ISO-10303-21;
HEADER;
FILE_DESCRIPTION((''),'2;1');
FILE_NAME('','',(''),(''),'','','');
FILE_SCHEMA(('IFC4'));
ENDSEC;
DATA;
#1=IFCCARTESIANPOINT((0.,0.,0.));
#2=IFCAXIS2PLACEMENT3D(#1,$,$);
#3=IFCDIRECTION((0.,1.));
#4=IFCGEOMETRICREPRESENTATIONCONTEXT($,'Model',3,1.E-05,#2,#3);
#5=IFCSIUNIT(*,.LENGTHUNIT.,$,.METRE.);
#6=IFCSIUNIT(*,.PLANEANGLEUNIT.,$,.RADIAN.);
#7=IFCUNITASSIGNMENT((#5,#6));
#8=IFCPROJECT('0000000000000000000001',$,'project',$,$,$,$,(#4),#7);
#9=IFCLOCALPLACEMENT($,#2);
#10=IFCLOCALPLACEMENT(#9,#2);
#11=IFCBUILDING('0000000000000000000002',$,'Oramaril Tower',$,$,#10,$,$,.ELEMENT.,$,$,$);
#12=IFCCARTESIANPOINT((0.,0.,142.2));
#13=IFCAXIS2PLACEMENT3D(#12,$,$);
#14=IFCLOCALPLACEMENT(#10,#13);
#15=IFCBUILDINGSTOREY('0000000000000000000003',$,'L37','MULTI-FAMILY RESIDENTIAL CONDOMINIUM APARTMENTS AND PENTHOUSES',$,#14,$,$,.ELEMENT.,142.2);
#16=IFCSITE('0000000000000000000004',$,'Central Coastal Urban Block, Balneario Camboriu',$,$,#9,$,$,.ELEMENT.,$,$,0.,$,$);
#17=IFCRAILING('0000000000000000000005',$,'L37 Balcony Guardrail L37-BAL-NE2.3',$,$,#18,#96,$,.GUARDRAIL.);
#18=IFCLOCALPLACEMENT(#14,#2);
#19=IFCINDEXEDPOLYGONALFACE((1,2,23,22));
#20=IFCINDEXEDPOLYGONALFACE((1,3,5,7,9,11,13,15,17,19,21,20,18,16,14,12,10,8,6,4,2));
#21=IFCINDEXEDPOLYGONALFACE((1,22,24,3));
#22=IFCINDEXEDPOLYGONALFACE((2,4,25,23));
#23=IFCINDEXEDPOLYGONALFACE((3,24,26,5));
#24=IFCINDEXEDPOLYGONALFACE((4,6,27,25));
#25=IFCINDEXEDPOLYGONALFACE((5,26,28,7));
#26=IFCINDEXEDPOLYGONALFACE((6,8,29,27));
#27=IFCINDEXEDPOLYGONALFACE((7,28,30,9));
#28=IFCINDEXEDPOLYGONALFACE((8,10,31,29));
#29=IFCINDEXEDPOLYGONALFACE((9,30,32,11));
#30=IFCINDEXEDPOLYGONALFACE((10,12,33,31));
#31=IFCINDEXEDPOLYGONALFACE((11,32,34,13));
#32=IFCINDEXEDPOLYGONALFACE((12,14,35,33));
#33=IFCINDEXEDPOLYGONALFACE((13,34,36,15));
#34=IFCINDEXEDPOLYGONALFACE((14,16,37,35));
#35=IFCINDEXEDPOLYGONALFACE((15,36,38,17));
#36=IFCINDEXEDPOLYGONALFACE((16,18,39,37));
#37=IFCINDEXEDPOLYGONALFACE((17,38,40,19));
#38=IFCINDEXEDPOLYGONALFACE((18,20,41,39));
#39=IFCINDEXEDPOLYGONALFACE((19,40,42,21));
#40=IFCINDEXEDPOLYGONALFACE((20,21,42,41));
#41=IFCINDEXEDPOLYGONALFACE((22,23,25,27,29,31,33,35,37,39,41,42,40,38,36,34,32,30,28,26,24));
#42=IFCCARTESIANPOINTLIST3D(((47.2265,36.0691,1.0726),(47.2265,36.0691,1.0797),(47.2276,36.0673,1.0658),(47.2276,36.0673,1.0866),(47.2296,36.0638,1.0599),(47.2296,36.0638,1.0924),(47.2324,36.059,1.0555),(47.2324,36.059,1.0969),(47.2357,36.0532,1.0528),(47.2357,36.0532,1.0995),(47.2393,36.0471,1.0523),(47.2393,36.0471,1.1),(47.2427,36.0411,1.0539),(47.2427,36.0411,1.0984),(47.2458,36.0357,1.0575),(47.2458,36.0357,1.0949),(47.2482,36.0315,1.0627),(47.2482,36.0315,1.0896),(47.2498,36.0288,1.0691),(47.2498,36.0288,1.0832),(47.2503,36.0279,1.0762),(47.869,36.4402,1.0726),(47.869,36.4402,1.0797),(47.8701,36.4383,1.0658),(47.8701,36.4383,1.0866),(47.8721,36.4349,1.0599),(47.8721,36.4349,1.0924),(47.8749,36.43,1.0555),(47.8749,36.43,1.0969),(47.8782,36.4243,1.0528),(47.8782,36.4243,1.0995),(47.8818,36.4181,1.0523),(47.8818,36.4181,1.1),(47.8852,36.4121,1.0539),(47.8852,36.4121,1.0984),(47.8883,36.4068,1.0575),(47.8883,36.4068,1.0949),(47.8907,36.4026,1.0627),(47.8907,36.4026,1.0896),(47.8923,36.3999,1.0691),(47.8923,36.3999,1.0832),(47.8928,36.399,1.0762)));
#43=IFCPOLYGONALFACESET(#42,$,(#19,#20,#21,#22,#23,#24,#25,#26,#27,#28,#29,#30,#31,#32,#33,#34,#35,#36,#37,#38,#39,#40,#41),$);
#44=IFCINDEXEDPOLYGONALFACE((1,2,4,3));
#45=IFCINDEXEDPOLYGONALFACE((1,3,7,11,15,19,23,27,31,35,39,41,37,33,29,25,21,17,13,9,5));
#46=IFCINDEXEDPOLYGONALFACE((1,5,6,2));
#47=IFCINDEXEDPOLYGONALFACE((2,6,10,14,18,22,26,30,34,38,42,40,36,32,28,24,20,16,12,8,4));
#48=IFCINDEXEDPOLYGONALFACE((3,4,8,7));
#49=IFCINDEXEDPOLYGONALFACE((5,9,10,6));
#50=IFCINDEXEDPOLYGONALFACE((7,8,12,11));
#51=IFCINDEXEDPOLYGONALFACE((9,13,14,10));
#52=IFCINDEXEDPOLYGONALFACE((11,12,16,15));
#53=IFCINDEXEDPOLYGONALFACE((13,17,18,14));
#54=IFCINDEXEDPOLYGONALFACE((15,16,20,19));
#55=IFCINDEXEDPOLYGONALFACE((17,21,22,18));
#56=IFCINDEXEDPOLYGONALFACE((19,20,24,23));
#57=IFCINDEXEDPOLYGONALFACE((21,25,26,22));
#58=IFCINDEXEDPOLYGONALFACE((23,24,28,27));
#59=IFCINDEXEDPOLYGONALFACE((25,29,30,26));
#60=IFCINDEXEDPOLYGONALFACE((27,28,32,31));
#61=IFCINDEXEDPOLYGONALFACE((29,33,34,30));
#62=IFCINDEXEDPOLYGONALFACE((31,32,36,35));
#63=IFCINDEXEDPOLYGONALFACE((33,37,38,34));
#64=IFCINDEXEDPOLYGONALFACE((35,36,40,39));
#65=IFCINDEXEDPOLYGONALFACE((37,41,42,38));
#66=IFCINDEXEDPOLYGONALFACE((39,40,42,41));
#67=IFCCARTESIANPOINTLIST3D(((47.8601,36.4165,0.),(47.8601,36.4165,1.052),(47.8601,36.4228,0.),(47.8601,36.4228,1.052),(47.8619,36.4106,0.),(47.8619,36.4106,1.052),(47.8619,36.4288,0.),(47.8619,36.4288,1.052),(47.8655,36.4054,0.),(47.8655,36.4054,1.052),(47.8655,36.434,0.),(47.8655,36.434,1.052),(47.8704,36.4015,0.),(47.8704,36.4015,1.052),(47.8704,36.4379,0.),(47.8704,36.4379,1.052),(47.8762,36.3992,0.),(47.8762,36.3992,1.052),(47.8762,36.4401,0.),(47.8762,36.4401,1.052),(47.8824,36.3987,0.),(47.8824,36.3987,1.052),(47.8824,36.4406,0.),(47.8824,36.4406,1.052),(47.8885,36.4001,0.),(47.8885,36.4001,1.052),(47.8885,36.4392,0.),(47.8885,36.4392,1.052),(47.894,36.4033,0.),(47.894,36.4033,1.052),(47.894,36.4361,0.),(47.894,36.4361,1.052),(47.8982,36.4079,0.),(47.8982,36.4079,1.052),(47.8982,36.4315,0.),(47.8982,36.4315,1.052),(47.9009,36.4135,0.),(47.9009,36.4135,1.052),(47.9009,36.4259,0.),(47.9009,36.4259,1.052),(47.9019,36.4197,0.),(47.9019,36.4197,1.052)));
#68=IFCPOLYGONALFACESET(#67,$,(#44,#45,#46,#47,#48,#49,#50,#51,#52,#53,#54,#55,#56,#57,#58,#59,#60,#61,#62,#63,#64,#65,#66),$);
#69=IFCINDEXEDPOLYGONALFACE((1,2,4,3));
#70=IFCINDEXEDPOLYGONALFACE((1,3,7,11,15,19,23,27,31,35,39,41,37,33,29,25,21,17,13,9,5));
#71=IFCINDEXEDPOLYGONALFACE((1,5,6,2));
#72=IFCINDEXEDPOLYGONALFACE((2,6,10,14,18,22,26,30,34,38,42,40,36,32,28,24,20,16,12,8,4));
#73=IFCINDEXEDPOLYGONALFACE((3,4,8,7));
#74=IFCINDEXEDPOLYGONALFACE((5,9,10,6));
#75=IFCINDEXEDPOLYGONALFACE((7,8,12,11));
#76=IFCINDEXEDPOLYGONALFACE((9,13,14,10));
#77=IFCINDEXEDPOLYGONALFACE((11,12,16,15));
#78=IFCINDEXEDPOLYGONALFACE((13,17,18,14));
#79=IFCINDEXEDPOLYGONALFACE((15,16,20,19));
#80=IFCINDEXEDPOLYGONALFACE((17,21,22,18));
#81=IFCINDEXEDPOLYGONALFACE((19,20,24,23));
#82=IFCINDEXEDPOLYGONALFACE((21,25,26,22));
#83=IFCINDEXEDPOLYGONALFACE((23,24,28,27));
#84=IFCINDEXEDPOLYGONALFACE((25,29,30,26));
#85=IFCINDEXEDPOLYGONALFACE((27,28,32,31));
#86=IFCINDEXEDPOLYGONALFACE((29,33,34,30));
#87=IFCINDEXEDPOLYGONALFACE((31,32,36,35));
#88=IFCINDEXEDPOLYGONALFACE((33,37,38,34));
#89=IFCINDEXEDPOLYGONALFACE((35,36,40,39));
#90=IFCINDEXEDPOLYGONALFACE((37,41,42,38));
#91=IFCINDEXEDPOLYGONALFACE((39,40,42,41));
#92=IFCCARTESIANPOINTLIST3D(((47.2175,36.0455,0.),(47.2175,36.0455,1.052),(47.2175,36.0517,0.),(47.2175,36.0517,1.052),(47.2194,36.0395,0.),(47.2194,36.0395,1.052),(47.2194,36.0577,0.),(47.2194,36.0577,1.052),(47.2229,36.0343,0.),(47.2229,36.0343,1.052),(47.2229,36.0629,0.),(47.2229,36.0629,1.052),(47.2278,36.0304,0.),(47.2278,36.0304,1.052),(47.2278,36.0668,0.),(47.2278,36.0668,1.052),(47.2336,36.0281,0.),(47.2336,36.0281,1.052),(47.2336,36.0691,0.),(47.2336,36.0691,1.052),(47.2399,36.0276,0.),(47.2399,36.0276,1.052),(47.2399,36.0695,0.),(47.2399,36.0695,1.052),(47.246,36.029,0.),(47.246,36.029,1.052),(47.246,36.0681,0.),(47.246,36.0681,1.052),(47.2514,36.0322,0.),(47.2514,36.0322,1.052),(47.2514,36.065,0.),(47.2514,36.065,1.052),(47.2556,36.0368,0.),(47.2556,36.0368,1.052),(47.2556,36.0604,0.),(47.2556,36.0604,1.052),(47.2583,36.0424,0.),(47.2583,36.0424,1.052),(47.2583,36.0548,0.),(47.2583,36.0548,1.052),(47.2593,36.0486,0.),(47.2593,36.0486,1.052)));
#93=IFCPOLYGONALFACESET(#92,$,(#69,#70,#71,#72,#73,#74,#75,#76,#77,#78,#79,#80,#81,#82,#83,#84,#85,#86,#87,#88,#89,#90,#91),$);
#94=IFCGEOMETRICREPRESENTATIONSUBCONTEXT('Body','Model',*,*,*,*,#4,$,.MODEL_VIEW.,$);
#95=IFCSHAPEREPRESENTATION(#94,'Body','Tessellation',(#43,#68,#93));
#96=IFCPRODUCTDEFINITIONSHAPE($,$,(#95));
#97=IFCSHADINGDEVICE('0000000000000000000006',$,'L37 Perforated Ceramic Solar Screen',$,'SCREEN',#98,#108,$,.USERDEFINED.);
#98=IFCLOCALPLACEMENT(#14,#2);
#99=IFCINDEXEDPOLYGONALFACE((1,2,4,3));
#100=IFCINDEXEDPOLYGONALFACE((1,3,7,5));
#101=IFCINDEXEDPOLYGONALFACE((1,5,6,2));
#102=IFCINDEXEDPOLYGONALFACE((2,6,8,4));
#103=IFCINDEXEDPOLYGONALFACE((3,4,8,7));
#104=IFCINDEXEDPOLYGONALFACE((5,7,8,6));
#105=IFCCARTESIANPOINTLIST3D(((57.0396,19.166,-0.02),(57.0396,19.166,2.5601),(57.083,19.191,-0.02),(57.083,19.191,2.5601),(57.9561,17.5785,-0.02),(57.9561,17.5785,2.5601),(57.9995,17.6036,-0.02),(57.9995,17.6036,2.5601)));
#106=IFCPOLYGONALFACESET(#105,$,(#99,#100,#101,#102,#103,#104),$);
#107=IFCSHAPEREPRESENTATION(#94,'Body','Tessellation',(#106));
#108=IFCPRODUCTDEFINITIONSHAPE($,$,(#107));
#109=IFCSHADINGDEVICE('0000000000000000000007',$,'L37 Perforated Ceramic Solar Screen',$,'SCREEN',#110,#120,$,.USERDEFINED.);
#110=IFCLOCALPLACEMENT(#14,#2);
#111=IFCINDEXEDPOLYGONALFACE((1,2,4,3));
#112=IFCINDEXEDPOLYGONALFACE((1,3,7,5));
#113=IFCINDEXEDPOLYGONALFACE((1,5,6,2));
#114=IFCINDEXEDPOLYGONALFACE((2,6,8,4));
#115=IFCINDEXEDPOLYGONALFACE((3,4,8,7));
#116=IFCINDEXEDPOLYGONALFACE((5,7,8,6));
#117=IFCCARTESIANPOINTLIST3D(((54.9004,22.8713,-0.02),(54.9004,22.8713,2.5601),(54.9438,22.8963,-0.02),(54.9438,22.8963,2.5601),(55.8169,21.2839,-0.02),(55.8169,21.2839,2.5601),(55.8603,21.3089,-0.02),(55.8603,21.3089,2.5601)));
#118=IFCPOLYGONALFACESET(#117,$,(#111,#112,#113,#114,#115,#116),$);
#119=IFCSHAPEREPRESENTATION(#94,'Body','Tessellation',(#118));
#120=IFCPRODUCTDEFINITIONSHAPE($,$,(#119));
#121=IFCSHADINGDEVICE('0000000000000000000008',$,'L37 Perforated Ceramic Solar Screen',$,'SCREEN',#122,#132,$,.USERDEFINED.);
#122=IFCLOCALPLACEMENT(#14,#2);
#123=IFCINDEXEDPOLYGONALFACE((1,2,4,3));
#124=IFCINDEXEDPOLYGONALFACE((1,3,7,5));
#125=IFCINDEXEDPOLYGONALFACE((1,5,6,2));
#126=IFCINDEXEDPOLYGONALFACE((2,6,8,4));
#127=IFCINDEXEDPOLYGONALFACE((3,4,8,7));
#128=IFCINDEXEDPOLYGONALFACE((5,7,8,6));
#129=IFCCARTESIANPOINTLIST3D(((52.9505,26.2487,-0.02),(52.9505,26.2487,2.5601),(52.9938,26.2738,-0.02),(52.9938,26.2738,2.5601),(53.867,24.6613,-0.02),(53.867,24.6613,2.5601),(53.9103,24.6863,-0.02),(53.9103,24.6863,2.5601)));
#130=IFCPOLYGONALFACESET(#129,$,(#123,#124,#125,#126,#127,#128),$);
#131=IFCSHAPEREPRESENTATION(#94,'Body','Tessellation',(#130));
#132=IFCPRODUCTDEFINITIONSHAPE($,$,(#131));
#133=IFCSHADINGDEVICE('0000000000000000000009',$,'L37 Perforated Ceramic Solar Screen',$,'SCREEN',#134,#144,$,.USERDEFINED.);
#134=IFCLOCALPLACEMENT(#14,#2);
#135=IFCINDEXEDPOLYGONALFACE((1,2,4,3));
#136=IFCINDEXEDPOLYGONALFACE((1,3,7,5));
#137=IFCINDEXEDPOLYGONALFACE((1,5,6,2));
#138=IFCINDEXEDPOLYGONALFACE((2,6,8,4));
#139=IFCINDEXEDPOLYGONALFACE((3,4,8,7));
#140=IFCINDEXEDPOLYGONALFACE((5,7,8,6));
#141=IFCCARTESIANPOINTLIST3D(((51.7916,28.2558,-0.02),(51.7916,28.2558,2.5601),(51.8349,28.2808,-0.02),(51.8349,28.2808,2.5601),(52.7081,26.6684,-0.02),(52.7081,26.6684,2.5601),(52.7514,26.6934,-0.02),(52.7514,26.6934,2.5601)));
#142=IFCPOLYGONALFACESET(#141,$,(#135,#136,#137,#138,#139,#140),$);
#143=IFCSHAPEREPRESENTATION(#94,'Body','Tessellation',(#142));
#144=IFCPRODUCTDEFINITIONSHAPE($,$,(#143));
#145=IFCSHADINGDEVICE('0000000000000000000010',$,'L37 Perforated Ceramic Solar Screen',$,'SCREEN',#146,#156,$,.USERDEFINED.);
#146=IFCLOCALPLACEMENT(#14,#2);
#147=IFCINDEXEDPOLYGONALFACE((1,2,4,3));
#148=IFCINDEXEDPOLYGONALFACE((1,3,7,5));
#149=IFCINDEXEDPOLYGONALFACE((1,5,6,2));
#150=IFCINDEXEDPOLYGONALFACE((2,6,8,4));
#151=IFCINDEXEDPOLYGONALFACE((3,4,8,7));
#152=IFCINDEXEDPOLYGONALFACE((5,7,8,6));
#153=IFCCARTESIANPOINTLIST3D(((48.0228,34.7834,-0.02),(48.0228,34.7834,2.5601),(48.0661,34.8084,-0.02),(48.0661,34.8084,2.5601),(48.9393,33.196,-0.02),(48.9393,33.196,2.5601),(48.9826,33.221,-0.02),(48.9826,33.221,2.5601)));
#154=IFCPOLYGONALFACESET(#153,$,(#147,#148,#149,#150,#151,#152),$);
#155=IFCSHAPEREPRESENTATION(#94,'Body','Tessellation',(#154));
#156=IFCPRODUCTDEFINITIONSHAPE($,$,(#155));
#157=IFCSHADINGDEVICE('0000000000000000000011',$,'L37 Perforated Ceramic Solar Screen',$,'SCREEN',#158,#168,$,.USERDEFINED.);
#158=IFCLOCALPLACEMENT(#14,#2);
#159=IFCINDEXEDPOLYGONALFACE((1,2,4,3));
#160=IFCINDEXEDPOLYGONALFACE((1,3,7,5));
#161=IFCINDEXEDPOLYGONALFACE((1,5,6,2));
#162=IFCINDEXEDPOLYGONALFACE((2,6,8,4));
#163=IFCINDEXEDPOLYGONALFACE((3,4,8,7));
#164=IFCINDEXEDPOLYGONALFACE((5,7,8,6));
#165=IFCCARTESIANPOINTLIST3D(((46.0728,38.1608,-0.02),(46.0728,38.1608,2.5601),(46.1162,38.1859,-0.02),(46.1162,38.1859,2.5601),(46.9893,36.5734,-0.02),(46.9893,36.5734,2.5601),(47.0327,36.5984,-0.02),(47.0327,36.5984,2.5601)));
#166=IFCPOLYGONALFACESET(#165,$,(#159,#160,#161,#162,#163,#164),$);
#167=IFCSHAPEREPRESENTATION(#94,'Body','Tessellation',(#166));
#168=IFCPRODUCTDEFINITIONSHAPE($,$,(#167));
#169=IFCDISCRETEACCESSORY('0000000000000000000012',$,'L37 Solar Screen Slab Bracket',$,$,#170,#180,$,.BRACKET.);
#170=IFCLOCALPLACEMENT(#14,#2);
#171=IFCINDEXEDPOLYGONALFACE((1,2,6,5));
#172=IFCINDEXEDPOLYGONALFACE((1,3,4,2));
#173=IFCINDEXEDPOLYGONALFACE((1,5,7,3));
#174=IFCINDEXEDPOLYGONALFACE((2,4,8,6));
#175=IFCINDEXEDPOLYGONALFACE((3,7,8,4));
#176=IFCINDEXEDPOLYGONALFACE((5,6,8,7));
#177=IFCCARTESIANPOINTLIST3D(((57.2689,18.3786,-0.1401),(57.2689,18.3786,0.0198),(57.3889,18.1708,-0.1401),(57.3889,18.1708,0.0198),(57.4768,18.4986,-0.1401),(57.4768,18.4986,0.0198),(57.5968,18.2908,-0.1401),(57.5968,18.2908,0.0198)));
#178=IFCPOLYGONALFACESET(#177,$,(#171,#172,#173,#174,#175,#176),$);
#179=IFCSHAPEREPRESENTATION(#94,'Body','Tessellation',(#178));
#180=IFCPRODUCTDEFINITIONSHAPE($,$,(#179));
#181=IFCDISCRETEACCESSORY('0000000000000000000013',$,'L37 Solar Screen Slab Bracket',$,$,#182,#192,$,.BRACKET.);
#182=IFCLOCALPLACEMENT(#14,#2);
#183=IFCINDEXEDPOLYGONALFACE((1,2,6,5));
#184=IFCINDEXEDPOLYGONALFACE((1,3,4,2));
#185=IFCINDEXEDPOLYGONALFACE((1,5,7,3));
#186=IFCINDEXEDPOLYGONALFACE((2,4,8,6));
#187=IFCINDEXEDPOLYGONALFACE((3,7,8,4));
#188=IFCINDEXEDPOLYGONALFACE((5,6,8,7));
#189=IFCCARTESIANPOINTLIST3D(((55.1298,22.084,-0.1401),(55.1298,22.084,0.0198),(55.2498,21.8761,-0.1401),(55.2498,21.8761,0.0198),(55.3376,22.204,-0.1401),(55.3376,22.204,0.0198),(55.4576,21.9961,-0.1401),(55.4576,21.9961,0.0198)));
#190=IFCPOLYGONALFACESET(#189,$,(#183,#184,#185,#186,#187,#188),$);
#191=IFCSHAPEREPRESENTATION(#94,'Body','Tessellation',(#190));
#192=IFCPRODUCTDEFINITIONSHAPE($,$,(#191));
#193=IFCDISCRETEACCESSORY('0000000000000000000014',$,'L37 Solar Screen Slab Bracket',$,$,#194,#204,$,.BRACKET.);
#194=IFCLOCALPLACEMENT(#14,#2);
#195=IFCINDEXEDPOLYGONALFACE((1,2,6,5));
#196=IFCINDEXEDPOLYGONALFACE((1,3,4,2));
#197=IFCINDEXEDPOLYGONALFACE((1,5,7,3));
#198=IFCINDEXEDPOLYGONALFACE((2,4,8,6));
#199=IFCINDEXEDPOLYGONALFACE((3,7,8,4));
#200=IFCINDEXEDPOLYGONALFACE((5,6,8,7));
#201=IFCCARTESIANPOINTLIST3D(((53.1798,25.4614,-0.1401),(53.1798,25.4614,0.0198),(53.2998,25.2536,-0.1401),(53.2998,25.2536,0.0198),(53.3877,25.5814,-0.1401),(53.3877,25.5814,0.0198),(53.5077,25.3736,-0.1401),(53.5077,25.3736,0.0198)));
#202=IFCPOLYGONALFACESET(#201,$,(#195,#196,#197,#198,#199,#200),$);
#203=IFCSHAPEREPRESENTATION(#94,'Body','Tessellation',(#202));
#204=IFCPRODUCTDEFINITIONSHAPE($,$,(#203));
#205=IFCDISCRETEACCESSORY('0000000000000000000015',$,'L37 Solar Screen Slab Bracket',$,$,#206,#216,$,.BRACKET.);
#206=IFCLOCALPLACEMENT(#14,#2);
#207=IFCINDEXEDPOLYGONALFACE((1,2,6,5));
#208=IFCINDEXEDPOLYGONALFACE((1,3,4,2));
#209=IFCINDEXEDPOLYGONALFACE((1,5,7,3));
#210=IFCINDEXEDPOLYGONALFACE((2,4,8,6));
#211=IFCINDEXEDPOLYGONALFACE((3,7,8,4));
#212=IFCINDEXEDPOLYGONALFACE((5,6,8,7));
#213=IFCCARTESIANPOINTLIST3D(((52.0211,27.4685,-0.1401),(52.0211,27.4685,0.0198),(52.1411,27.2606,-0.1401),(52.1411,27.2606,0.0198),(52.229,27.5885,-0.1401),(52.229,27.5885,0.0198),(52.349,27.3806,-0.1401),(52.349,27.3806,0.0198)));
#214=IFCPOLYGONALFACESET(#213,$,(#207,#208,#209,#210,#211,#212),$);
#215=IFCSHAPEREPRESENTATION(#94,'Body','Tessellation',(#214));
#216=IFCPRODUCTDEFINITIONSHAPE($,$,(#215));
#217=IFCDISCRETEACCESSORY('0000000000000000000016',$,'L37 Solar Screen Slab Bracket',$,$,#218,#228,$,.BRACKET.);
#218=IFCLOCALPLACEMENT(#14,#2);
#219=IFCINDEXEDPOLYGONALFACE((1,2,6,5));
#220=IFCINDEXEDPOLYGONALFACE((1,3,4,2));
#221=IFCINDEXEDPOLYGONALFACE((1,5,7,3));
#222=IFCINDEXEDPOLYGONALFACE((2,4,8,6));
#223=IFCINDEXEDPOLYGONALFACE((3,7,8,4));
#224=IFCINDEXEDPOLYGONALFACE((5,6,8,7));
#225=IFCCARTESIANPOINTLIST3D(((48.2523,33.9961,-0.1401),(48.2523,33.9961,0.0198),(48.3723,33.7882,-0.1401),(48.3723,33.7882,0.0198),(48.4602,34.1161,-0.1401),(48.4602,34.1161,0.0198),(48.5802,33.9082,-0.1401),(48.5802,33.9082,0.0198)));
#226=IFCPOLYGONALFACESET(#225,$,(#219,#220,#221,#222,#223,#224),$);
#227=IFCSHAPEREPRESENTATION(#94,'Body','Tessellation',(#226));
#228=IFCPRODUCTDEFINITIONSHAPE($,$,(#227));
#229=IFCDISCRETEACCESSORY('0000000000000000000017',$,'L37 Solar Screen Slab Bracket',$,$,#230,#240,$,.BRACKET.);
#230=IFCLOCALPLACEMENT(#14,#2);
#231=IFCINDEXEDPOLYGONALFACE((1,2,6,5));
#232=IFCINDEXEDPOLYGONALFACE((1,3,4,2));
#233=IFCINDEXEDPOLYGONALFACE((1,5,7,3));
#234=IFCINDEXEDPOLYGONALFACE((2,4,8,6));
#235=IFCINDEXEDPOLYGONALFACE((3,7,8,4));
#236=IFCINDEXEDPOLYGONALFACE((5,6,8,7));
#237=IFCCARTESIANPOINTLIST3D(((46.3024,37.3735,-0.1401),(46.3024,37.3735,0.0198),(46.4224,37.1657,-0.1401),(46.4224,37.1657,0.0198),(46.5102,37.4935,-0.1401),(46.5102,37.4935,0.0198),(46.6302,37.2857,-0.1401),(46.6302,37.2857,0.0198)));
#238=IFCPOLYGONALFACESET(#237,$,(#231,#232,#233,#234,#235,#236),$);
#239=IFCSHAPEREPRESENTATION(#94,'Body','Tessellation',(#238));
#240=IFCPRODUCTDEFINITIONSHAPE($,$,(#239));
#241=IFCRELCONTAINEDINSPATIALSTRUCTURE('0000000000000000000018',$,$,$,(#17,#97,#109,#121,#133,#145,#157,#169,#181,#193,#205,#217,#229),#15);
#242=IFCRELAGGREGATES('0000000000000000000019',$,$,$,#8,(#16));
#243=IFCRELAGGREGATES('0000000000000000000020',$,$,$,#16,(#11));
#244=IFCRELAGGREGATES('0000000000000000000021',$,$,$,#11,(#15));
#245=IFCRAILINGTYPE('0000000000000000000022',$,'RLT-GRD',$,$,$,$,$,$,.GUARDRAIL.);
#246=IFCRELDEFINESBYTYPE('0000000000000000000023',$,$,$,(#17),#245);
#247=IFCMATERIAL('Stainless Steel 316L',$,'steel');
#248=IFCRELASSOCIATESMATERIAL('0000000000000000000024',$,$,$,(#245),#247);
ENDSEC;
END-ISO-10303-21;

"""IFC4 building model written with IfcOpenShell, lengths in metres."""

from ifc_helpers import new_model, si_unit, direction, frame, origin, origin_2d, place, context, subcontext, project, spatial, rectangle, circle, extrude, material, type_object, element, save


model = new_model("IFC4")

# Units and contexts
model_context = context("Model", 3, precision=1e-05, world=origin(), true_north=direction((0.0, 1.0)))
body_context = subcontext(model_context, "Body", "Model", "MODEL_VIEW")
ifc_project = project(units=[si_unit("LENGTHUNIT", "METRE"), si_unit("PLANEANGLEUNIT", "RADIAN")], contexts=[model_context])

# Site, building, storey
site_placement = place(None, origin())
site = spatial("IfcSite", under=ifc_project, at=site_placement, Name="Central Coastal Urban Block, Balneario Camboriu", CompositionType="ELEMENT", RefElevation=0.0)
building_placement = place(site_placement, origin())
building = spatial("IfcBuilding", under=site, at=building_placement, Name="Oramaril Tower", CompositionType="ELEMENT")
storey_placement = place(building_placement, frame((0.0, 0.0, 142.2)))
storey = spatial("IfcBuildingStorey", under=building, at=storey_placement, Name="L37", Description="MULTI-FAMILY RESIDENTIAL CONDOMINIUM APARTMENTS AND PENTHOUSES", CompositionType="ELEMENT", Elevation=142.2)

# Railing
ifc_material_1 = material(Name="Stainless Steel 316L", Category="steel")
railing_type = type_object("IfcRailingType", Name="RLT-GRD", PredefinedType="GUARDRAIL", material=ifc_material_1)
railing_1_placement = place(storey_placement, frame((47.8809, 36.4197, 0.0)))
element("IfcRailing", 1, at=railing_1_placement, inside=storey, type_object=railing_type, Name="L37 Balcony Guardrail L37-BAL-NE2.3", PredefinedType="GUARDRAIL", context=body_context, shape_type="SweptSolid", body=[
    extrude(circle(Radius=0.0239, at=origin_2d()), frame((0.0, 0.0, 1.0762), z_axis=(-0.865966, -0.500102, 0.0), x_axis=(0.500102, -0.865966, 0.0)), (0.0, 0.0, 1.0), 0.7419),
    extrude(circle(Radius=0.021, at=origin_2d()), origin(), (0.0, 0.0, 1.0), 1.052),
    extrude(circle(Radius=0.021, at=origin_2d()), frame((-0.6426, -0.3711, 0.0)), (0.0, 0.0, 1.0), 1.052),
])

# Shading devices
for number, where, z_axis, x_axis, name in (
    (2, (57.5195, 18.3848, -0.02), (0.0, 0.0, 1.0), (-0.499998, 0.866026, 0.0), "L37 Perforated Ceramic Solar Screen"),
    (3, (55.3804, 22.0901, -0.02), (0.0, 0.0, 1.0), (-0.499998, 0.866026, 0.0), "L37 Perforated Ceramic Solar Screen"),
    (4, (53.4304, 25.4675, -0.02), (0.0, 0.0, 1.0), (-0.499998, 0.866026, 0.0), "L37 Perforated Ceramic Solar Screen"),
    (5, (52.2715, 27.4746, -0.02), (0.0, 0.0, 1.0), (-0.499998, 0.866026, 0.0), "L37 Perforated Ceramic Solar Screen"),
    (6, (48.5027, 34.0022, -0.02), (0.0, 0.0, 1.0), (-0.499998, 0.866026, 0.0), "L37 Perforated Ceramic Solar Screen"),
    (7, (46.5527, 37.3796, -0.02), (0.0, 0.0, 1.0), (-0.499998, 0.866026, 0.0), "L37 Perforated Ceramic Solar Screen"),
):
    element("IfcShadingDevice", number, at=place(storey_placement, frame(where, z_axis=z_axis, x_axis=x_axis)), inside=storey, Name=name, ObjectType="SCREEN", PredefinedType="USERDEFINED", context=body_context, shape_type="SweptSolid", body=[
        extrude(rectangle(XDim=1.833, YDim=0.05, at=origin_2d()), origin(), (0.0, 0.0, 1.0), 2.5801),
    ])

# Discrete accessories
for number, where, z_axis, x_axis, name in (
    (8, (57.4329, 18.3347, -0.1401), (0.0, 0.0, 1.0), (-0.499998, 0.866026, 0.0), "L37 Solar Screen Slab Bracket"),
    (9, (55.2937, 22.04, -0.1401), (0.0, 0.0, 1.0), (-0.499998, 0.866026, 0.0), "L37 Solar Screen Slab Bracket"),
    (10, (53.3438, 25.4175, -0.1401), (0.0, 0.0, 1.0), (-0.499998, 0.866026, 0.0), "L37 Solar Screen Slab Bracket"),
    (11, (52.1851, 27.4246, -0.1401), (0.0, 0.0, 1.0), (-0.499998, 0.866026, 0.0), "L37 Solar Screen Slab Bracket"),
    (12, (48.4163, 33.9521, -0.1401), (0.0, 0.0, 1.0), (-0.499998, 0.866026, 0.0), "L37 Solar Screen Slab Bracket"),
    (13, (46.4663, 37.3296, -0.1401), (0.0, 0.0, 1.0), (-0.499998, 0.866026, 0.0), "L37 Solar Screen Slab Bracket"),
):
    element("IfcDiscreteAccessory", number, at=place(storey_placement, frame(where, z_axis=z_axis, x_axis=x_axis)), inside=storey, Name=name, PredefinedType="BRACKET", context=body_context, shape_type="SweptSolid", body=[
        extrude(rectangle(XDim=0.24, YDim=0.24, at=origin_2d()), origin(), (0.0, 0.0, 1.0), 0.1599),
    ])

save(model, "model.ifc")
